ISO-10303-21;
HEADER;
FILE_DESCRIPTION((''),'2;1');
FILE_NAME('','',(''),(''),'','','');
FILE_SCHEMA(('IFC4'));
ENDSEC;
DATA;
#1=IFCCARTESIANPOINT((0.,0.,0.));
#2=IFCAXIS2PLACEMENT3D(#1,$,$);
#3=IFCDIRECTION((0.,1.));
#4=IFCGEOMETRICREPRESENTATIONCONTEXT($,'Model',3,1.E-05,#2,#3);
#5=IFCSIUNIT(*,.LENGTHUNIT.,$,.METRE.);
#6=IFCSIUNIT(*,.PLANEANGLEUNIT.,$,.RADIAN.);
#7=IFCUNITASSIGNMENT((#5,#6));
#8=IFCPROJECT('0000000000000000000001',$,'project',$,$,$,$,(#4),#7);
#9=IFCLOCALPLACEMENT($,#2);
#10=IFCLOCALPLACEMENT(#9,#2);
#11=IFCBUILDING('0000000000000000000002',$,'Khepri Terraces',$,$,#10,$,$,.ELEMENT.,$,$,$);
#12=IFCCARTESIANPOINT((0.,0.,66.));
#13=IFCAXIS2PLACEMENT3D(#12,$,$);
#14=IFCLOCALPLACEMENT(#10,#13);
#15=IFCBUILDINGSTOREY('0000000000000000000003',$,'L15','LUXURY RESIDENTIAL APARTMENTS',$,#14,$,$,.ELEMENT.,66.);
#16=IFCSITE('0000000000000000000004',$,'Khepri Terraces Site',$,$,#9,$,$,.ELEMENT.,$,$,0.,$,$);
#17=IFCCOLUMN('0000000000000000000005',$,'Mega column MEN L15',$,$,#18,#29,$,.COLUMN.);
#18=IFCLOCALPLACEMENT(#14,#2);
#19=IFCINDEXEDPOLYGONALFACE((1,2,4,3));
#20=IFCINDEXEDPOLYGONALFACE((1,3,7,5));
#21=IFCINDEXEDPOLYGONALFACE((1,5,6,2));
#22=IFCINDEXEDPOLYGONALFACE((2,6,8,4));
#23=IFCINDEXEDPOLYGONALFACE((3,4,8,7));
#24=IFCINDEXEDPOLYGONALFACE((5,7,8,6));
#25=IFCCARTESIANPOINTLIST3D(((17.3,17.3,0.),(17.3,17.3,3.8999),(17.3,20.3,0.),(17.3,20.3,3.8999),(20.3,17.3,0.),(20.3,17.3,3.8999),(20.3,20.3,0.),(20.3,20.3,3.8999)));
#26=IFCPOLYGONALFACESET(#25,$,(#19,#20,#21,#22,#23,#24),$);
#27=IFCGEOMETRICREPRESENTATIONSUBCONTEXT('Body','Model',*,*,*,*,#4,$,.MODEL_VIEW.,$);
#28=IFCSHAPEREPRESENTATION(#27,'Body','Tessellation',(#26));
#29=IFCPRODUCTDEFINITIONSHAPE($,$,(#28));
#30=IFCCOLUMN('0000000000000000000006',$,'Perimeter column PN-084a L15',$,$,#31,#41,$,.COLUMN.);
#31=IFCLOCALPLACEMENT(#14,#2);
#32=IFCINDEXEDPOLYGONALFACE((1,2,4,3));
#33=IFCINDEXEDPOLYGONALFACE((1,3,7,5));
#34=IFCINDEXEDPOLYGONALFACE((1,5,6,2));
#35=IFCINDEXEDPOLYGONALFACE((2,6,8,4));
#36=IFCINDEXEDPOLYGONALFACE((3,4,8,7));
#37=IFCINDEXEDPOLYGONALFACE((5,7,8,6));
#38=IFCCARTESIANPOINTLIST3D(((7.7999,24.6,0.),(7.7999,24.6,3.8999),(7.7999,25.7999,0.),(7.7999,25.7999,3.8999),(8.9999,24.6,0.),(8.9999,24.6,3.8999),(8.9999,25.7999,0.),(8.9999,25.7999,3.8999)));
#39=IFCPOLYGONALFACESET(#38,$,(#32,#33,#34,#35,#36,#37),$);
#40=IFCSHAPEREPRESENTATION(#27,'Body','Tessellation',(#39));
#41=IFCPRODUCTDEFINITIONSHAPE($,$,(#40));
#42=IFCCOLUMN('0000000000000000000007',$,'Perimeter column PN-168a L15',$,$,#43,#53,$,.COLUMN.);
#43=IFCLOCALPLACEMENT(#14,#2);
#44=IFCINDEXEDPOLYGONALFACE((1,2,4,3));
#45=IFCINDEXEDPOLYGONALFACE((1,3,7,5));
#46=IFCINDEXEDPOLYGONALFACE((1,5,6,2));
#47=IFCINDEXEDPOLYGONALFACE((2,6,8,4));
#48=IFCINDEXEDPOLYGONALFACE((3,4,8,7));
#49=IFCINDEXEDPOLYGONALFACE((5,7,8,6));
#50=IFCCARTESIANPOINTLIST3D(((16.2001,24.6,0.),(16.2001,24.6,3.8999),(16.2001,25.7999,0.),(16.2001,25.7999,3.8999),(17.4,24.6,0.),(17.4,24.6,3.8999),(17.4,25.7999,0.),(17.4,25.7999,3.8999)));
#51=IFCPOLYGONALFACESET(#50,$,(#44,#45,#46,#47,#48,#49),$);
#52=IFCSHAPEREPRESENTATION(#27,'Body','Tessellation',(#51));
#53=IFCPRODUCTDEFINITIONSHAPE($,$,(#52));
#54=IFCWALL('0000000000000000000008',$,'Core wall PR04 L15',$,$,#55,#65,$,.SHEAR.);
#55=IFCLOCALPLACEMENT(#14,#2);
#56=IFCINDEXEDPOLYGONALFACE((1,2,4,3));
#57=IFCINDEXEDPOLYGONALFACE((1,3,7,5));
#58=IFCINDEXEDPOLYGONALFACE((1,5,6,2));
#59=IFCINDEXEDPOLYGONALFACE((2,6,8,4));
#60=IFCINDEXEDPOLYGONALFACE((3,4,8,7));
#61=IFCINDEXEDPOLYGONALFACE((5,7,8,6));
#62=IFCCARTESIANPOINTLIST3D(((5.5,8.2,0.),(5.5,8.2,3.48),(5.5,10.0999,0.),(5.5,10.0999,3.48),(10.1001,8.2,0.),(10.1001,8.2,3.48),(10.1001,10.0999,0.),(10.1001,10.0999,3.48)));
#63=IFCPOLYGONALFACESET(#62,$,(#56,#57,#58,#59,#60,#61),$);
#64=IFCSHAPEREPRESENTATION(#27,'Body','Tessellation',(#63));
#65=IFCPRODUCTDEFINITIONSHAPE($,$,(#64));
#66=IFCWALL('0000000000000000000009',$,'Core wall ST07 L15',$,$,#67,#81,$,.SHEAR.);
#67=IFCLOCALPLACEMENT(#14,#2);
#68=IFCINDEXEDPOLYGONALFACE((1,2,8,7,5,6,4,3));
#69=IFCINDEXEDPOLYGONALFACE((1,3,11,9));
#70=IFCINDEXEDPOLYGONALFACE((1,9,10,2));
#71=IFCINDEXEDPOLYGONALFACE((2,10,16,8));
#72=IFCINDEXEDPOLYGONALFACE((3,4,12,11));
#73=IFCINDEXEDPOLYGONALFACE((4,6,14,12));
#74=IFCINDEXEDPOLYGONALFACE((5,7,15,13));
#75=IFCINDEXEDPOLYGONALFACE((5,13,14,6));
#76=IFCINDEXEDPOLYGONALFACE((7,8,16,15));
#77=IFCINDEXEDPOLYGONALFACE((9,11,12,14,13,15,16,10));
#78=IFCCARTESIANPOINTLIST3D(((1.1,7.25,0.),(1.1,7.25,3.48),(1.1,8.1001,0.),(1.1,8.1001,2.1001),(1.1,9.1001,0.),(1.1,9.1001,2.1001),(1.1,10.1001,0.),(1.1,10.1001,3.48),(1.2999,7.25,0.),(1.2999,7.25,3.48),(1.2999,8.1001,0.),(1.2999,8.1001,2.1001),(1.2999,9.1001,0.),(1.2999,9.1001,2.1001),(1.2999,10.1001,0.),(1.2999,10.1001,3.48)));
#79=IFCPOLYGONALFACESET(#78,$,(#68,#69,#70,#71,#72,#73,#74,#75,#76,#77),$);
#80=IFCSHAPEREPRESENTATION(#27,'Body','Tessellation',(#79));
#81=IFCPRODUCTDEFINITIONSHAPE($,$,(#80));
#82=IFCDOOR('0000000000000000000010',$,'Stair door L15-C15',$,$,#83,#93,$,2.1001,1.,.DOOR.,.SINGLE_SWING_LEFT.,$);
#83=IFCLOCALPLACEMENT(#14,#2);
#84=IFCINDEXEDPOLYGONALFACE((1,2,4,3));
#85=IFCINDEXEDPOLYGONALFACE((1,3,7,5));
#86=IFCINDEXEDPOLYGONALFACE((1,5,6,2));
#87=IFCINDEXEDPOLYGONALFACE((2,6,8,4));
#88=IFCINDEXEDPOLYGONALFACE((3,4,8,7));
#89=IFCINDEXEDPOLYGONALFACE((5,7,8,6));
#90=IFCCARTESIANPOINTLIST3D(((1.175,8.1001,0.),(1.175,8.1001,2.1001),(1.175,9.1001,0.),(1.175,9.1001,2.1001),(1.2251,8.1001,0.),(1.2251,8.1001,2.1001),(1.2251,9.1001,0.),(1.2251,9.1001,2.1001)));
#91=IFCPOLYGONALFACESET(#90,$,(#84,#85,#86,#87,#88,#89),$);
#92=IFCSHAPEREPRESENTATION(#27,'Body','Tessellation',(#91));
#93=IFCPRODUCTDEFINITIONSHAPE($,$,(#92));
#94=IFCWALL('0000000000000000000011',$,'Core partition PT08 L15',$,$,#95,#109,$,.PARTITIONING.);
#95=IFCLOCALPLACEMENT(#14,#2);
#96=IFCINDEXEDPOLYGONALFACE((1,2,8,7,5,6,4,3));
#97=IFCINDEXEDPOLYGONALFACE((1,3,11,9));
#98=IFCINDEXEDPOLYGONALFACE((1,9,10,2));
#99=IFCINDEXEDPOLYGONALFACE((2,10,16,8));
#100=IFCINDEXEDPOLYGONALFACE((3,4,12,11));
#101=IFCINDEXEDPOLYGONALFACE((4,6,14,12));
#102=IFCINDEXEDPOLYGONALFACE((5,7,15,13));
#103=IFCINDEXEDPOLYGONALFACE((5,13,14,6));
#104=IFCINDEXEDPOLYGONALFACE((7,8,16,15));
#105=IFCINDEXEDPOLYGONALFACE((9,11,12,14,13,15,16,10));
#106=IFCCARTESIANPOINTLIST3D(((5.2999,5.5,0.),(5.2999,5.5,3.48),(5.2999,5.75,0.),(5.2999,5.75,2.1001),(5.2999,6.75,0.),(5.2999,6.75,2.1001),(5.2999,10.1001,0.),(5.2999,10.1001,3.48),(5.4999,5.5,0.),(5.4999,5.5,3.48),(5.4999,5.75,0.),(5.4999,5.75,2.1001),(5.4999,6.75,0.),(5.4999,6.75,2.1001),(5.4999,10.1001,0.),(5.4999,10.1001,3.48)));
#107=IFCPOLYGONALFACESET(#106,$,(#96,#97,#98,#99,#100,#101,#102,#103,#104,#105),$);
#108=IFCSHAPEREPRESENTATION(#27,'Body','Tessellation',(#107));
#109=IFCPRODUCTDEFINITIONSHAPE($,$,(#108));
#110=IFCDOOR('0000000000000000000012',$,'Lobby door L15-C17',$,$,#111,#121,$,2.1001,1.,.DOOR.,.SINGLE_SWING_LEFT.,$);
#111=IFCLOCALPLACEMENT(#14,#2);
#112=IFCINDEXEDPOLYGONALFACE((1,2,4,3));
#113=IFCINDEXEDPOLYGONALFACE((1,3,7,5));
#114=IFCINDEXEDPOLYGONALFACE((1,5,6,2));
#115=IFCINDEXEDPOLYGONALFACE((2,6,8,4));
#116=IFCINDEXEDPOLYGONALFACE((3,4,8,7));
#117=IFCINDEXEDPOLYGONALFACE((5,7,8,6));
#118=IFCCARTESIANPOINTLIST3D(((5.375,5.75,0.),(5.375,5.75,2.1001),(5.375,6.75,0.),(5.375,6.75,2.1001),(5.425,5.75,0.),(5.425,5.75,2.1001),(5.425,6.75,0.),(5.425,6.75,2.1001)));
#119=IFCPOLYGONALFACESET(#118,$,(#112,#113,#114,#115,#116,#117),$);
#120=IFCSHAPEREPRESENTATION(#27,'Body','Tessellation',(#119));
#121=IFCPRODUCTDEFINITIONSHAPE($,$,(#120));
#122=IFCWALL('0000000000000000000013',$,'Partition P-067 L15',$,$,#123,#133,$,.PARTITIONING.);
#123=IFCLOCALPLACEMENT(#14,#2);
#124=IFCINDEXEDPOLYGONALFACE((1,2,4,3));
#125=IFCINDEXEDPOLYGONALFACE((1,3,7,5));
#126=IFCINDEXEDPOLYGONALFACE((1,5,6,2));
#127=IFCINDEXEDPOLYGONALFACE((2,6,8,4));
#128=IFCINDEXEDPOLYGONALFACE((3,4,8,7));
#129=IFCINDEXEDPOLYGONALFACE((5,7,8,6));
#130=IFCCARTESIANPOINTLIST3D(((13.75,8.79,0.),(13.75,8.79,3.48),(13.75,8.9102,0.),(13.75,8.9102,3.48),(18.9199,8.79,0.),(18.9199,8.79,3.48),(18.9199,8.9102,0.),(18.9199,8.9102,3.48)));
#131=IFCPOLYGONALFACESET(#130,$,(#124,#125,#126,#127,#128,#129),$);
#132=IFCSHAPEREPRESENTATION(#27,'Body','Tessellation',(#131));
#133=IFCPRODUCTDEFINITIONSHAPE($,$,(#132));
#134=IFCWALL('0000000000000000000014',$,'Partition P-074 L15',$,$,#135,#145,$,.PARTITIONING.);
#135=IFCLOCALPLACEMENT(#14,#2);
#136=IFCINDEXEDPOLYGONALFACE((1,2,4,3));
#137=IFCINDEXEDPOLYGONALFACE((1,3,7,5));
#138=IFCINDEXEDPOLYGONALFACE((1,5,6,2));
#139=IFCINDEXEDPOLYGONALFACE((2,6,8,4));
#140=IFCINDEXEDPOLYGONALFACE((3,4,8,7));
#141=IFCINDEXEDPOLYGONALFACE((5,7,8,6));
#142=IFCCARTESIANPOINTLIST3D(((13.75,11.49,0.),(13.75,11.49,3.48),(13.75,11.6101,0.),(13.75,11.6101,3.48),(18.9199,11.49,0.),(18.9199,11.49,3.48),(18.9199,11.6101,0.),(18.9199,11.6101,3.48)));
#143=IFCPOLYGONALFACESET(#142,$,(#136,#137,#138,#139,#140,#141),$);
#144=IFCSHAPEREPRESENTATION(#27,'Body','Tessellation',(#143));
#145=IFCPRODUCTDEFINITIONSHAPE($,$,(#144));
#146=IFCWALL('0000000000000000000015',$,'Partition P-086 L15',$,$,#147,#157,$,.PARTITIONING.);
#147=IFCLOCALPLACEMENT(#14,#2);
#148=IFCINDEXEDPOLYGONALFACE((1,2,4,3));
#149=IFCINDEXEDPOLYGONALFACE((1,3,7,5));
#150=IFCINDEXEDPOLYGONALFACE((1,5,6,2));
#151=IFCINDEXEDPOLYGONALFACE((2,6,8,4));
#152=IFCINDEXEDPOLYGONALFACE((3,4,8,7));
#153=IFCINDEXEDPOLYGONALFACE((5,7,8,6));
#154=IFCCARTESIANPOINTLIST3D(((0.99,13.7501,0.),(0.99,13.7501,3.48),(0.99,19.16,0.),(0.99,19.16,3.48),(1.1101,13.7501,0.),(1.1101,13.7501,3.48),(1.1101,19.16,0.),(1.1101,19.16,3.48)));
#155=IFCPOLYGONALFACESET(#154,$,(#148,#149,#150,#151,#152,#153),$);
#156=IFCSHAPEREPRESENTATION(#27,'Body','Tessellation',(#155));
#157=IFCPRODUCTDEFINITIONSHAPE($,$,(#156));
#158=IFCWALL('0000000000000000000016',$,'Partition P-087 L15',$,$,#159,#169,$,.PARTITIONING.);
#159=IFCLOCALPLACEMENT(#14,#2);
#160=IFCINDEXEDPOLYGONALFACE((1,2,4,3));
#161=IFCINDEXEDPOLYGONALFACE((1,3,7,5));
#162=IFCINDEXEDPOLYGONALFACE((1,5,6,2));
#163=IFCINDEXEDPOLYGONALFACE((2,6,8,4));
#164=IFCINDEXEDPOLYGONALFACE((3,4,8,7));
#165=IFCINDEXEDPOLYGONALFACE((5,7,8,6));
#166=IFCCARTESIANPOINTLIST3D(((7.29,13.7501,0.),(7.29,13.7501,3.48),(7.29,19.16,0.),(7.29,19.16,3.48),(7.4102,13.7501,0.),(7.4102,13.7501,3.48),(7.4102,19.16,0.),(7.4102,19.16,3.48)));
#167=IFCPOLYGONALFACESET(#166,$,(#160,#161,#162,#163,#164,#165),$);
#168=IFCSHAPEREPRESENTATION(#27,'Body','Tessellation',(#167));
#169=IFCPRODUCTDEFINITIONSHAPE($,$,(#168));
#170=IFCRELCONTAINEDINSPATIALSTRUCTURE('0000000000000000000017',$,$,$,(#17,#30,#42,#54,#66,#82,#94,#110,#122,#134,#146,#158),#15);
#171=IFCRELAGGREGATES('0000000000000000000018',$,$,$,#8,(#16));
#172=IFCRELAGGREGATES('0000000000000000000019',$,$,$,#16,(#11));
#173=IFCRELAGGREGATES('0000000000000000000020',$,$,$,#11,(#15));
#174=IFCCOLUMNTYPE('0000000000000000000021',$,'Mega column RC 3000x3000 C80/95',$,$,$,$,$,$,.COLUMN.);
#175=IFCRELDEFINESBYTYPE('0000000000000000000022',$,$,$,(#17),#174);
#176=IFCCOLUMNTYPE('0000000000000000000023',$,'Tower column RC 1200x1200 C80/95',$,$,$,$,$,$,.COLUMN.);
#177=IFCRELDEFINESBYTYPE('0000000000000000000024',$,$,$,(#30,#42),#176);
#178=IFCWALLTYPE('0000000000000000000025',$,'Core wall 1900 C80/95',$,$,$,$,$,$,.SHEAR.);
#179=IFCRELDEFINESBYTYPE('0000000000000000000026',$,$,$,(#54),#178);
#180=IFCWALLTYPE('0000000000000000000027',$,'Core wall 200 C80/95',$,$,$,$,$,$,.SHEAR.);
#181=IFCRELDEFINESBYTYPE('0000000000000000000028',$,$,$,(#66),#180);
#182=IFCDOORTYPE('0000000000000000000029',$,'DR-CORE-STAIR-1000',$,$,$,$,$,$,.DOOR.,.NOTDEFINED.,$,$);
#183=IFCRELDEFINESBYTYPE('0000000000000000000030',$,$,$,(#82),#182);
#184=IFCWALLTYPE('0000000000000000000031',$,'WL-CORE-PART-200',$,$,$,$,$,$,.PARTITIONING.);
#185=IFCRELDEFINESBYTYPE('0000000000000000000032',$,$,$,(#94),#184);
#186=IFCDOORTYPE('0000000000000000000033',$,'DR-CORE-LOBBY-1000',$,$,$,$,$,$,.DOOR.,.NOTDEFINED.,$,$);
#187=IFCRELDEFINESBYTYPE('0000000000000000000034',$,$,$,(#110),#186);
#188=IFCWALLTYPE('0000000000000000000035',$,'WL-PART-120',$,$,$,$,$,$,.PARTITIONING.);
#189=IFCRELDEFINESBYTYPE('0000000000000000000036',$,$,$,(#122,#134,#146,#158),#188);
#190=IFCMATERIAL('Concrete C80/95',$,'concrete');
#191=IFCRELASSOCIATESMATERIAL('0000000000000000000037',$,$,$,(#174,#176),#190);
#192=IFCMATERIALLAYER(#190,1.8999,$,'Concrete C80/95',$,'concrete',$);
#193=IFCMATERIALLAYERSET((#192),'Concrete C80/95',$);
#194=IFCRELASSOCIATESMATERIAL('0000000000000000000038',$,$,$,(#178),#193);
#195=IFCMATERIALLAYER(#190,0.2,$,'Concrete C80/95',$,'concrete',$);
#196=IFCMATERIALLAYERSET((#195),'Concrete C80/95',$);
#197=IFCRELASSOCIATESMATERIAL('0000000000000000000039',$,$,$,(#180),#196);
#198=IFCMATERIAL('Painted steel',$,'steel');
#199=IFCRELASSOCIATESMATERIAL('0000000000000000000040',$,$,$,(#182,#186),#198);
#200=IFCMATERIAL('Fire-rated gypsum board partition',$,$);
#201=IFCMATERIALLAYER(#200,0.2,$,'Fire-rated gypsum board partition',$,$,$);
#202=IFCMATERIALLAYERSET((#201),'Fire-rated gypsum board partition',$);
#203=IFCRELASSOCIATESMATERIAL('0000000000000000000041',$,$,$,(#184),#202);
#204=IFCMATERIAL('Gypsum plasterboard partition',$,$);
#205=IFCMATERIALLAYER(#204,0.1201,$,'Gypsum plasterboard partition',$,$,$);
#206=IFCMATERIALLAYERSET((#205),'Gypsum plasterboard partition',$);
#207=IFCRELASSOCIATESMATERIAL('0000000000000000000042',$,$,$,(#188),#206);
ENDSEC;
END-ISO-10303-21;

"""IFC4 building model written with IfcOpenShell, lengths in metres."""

from ifc_helpers import new_model, si_unit, direction, frame, frame_2d, origin, origin_2d, place, context, subcontext, project, spatial, rectangle, extrude, material, layer, layer_set, material_profile, profile_set, type_object, element, fill, save


model = new_model("IFC4")

# Units and contexts
model_context = context("Model", 3, precision=1e-05, world=origin(), true_north=direction((0.0, 1.0)))
body_context = subcontext(model_context, "Body", "Model", "MODEL_VIEW")
ifc_project = project(units=[si_unit("LENGTHUNIT", "METRE"), si_unit("PLANEANGLEUNIT", "RADIAN")], contexts=[model_context])

# Site, building, storey
site_placement = place(None, origin())
site = spatial("IfcSite", under=ifc_project, at=site_placement, Name="Khepri Terraces Site", CompositionType="ELEMENT", RefElevation=0.0)
building_placement = place(site_placement, origin())
building = spatial("IfcBuilding", under=site, at=building_placement, Name="Khepri Terraces", CompositionType="ELEMENT")
storey_placement = place(building_placement, frame((0.0, 0.0, 66.0)))
storey = spatial("IfcBuildingStorey", under=building, at=storey_placement, Name="L15", Description="LUXURY RESIDENTIAL APARTMENTS", CompositionType="ELEMENT", Elevation=66.0)

# Columns
ifc_material_1 = material(Name="Concrete C80/95", Category="concrete")
ifc_material_profile_1 = material_profile(ifc_material_1, rectangle(XDim=3.0, YDim=3.0, at=origin_2d()), Name="Concrete C80/95", Category="concrete")
ifc_profile_set_1 = profile_set([ifc_material_profile_1], Name="Concrete C80/95")
column_type_1 = type_object("IfcColumnType", Name="Mega column RC 3000x3000 C80/95", PredefinedType="COLUMN", material=ifc_profile_set_1)
column_placement = place(storey_placement, frame((18.8, 18.8, 0.0), z_axis=(0.0, 0.0, 1.0), x_axis=(1.0, 0.0, 0.0)))
element("IfcColumn", 1, at=column_placement, inside=storey, type_object=column_type_1, Name="Mega column MEN L15", PredefinedType="COLUMN", context=body_context, shape_type="SweptSolid", body=[
    extrude(rectangle(XDim=3.0, YDim=3.0, at=origin_2d()), origin(), (0.0, 0.0, 1.0), 3.8999),
])
ifc_material_profile_2 = material_profile(ifc_material_1, rectangle(XDim=1.2, YDim=1.2, at=origin_2d()), Name="Concrete C80/95", Category="concrete")
ifc_profile_set_2 = profile_set([ifc_material_profile_2], Name="Concrete C80/95")
column_type_2 = type_object("IfcColumnType", Name="Tower column RC 1200x1200 C80/95", PredefinedType="COLUMN", material=ifc_profile_set_2)
for number, where, z_axis, x_axis, name in (
    (2, (8.3999, 25.2, 0.0), (0.0, 0.0, 1.0), (1.0, 0.0, 0.0), "Perimeter column PN-084a L15"),
    (3, (16.8, 25.2, 0.0), (0.0, 0.0, 1.0), (1.0, 0.0, 0.0), "Perimeter column PN-168a L15"),
):
    element("IfcColumn", number, at=place(storey_placement, frame(where, z_axis=z_axis, x_axis=x_axis)), inside=storey, type_object=column_type_2, Name=name, PredefinedType="COLUMN", context=body_context, shape_type="SweptSolid", body=[
        extrude(rectangle(XDim=1.2, YDim=1.2, at=origin_2d()), origin(), (0.0, 0.0, 1.0), 3.8999),
    ])

# Wall
ifc_layer_1 = layer(ifc_material_1, 1.8999, Name="Concrete C80/95", Category="concrete")
ifc_layer_set_1 = layer_set([ifc_layer_1], Name="Concrete C80/95")
wall_type_1 = type_object("IfcWallType", Name="Core wall 1900 C80/95", PredefinedType="SHEAR", material=ifc_layer_set_1)
wall_1_placement = place(storey_placement, frame((5.5, 9.1499, 0.0), z_axis=(0.0, 0.0, 1.0), x_axis=(1.0, 0.0, 0.0)))
element("IfcWall", 4, at=wall_1_placement, inside=storey, type_object=wall_type_1, Name="Core wall PR04 L15", PredefinedType="SHEAR", context=body_context, shape_type="SweptSolid", body=[
    extrude(rectangle(XDim=4.6001, YDim=1.8999, at=frame_2d((2.3, 0.0))), origin(), (0.0, 0.0, 1.0), 3.48),
])

# Walls, openings, doors
ifc_layer_2 = layer(ifc_material_1, 0.2, Name="Concrete C80/95", Category="concrete")
ifc_layer_set_2 = layer_set([ifc_layer_2], Name="Concrete C80/95")
wall_type_2 = type_object("IfcWallType", Name="Core wall 200 C80/95", PredefinedType="SHEAR", material=ifc_layer_set_2)
wall_2_placement = place(storey_placement, frame((1.2, 7.25, 0.0), z_axis=(0.0, 0.0, 1.0), x_axis=(0.0, 1.0, 0.0)))
wall_2 = element("IfcWall", 5, at=wall_2_placement, inside=storey, type_object=wall_type_2, Name="Core wall ST07 L15", PredefinedType="SHEAR", context=body_context, shape_type="SweptSolid", body=[
    extrude(rectangle(XDim=2.8501, YDim=0.2, at=frame_2d((1.425, 0.0))), origin(), (0.0, 0.0, 1.0), 3.48),
])
opening_1_placement = place(wall_2_placement, frame((0.8501, 0.0, 0.0)))
opening_1 = element("IfcOpeningElement", 6, at=opening_1_placement, cuts=wall_2, PredefinedType="OPENING", context=body_context, shape_type="SweptSolid", body=[
    extrude(rectangle(XDim=1.0, YDim=2.1001, at=frame_2d((0.5, 1.05))), frame((0.0, 0.1099, 0.0), z_axis=(0.0, -1.0, 0.0), x_axis=(1.0, 0.0, 0.0)), (0.0, 0.0, 1.0), 0.22),
])
ifc_material_2 = material(Name="Painted steel", Category="steel")
door_type_1 = type_object("IfcDoorType", Name="DR-CORE-STAIR-1000", OperationType="NOTDEFINED", PredefinedType="DOOR", material=ifc_material_2)
door_1_placement = place(opening_1_placement, origin())
door_1 = element("IfcDoor", 7, at=door_1_placement, inside=storey, type_object=door_type_1, Name="Stair door L15-C15", OperationType="SINGLE_SWING_LEFT", OverallHeight=2.1001, OverallWidth=1.0, PredefinedType="DOOR", context=body_context, shape_type="SweptSolid", body=[
    extrude(rectangle(XDim=1.0, YDim=2.1001, at=frame_2d((0.5, 1.05))), frame((0.0, 0.0249, 0.0), z_axis=(0.0, -1.0, 0.0), x_axis=(1.0, 0.0, 0.0)), (0.0, 0.0, 1.0), 0.05),
])
fill(opening_1, door_1)
ifc_material_3 = material(Name="Fire-rated gypsum board partition")
ifc_layer_3 = layer(ifc_material_3, 0.2, Name="Fire-rated gypsum board partition")
ifc_layer_set_3 = layer_set([ifc_layer_3], Name="Fire-rated gypsum board partition")
wall_type_3 = type_object("IfcWallType", Name="WL-CORE-PART-200", PredefinedType="PARTITIONING", material=ifc_layer_set_3)
wall_3_placement = place(storey_placement, frame((5.3999, 5.5, 0.0), z_axis=(0.0, 0.0, 1.0), x_axis=(0.0, 1.0, 0.0)))
wall_3 = element("IfcWall", 8, at=wall_3_placement, inside=storey, type_object=wall_type_3, Name="Core partition PT08 L15", PredefinedType="PARTITIONING", context=body_context, shape_type="SweptSolid", body=[
    extrude(rectangle(XDim=4.6001, YDim=0.2, at=frame_2d((2.3, 0.0))), origin(), (0.0, 0.0, 1.0), 3.48),
])
opening_2_placement = place(wall_3_placement, frame((0.25, 0.0, 0.0)))
opening_2 = element("IfcOpeningElement", 9, at=opening_2_placement, cuts=wall_3, PredefinedType="OPENING", context=body_context, shape_type="SweptSolid", body=[
    extrude(rectangle(XDim=1.0, YDim=2.1001, at=frame_2d((0.5, 1.05))), frame((0.0, 0.1099, 0.0), z_axis=(0.0, -1.0, 0.0), x_axis=(1.0, 0.0, 0.0)), (0.0, 0.0, 1.0), 0.22),
])
door_type_2 = type_object("IfcDoorType", Name="DR-CORE-LOBBY-1000", OperationType="NOTDEFINED", PredefinedType="DOOR", material=ifc_material_2)
door_2_placement = place(opening_2_placement, origin())
door_2 = element("IfcDoor", 10, at=door_2_placement, inside=storey, type_object=door_type_2, Name="Lobby door L15-C17", OperationType="SINGLE_SWING_LEFT", OverallHeight=2.1001, OverallWidth=1.0, PredefinedType="DOOR", context=body_context, shape_type="SweptSolid", body=[
    extrude(rectangle(XDim=1.0, YDim=2.1001, at=frame_2d((0.5, 1.05))), frame((0.0, 0.0249, 0.0), z_axis=(0.0, -1.0, 0.0), x_axis=(1.0, 0.0, 0.0)), (0.0, 0.0, 1.0), 0.05),
])
fill(opening_2, door_2)

# Walls
ifc_material_4 = material(Name="Gypsum plasterboard partition")
ifc_layer_4 = layer(ifc_material_4, 0.1201, Name="Gypsum plasterboard partition")
ifc_layer_set_4 = layer_set([ifc_layer_4], Name="Gypsum plasterboard partition")
wall_type_4 = type_object("IfcWallType", Name="WL-PART-120", PredefinedType="PARTITIONING", material=ifc_layer_set_4)
for number, where, z_axis, x_axis, name in (
    (11, (13.75, 8.8501, 0.0), (0.0, 0.0, 1.0), (1.0, 0.0, 0.0), "Partition P-067 L15"),
    (12, (13.75, 11.55, 0.0), (0.0, 0.0, 1.0), (1.0, 0.0, 0.0), "Partition P-074 L15"),
):
    element("IfcWall", number, at=place(storey_placement, frame(where, z_axis=z_axis, x_axis=x_axis)), inside=storey, type_object=wall_type_4, Name=name, PredefinedType="PARTITIONING", context=body_context, shape_type="SweptSolid", body=[
        extrude(rectangle(XDim=5.1699, YDim=0.1201, at=frame_2d((2.585, 0.0))), origin(), (0.0, 0.0, 1.0), 3.48),
    ])
for number, where, z_axis, x_axis, name in (
    (13, (1.05, 13.75, 0.0), (0.0, 0.0, 1.0), (0.0, 1.0, 0.0), "Partition P-086 L15"),
    (14, (7.3501, 13.75, 0.0), (0.0, 0.0, 1.0), (0.0, 1.0, 0.0), "Partition P-087 L15"),
):
    element("IfcWall", number, at=place(storey_placement, frame(where, z_axis=z_axis, x_axis=x_axis)), inside=storey, type_object=wall_type_4, Name=name, PredefinedType="PARTITIONING", context=body_context, shape_type="SweptSolid", body=[
        extrude(rectangle(XDim=5.4099, YDim=0.1201, at=frame_2d((2.7051, 0.0))), origin(), (0.0, 0.0, 1.0), 3.48),
    ])

save(model, "model.ifc")
